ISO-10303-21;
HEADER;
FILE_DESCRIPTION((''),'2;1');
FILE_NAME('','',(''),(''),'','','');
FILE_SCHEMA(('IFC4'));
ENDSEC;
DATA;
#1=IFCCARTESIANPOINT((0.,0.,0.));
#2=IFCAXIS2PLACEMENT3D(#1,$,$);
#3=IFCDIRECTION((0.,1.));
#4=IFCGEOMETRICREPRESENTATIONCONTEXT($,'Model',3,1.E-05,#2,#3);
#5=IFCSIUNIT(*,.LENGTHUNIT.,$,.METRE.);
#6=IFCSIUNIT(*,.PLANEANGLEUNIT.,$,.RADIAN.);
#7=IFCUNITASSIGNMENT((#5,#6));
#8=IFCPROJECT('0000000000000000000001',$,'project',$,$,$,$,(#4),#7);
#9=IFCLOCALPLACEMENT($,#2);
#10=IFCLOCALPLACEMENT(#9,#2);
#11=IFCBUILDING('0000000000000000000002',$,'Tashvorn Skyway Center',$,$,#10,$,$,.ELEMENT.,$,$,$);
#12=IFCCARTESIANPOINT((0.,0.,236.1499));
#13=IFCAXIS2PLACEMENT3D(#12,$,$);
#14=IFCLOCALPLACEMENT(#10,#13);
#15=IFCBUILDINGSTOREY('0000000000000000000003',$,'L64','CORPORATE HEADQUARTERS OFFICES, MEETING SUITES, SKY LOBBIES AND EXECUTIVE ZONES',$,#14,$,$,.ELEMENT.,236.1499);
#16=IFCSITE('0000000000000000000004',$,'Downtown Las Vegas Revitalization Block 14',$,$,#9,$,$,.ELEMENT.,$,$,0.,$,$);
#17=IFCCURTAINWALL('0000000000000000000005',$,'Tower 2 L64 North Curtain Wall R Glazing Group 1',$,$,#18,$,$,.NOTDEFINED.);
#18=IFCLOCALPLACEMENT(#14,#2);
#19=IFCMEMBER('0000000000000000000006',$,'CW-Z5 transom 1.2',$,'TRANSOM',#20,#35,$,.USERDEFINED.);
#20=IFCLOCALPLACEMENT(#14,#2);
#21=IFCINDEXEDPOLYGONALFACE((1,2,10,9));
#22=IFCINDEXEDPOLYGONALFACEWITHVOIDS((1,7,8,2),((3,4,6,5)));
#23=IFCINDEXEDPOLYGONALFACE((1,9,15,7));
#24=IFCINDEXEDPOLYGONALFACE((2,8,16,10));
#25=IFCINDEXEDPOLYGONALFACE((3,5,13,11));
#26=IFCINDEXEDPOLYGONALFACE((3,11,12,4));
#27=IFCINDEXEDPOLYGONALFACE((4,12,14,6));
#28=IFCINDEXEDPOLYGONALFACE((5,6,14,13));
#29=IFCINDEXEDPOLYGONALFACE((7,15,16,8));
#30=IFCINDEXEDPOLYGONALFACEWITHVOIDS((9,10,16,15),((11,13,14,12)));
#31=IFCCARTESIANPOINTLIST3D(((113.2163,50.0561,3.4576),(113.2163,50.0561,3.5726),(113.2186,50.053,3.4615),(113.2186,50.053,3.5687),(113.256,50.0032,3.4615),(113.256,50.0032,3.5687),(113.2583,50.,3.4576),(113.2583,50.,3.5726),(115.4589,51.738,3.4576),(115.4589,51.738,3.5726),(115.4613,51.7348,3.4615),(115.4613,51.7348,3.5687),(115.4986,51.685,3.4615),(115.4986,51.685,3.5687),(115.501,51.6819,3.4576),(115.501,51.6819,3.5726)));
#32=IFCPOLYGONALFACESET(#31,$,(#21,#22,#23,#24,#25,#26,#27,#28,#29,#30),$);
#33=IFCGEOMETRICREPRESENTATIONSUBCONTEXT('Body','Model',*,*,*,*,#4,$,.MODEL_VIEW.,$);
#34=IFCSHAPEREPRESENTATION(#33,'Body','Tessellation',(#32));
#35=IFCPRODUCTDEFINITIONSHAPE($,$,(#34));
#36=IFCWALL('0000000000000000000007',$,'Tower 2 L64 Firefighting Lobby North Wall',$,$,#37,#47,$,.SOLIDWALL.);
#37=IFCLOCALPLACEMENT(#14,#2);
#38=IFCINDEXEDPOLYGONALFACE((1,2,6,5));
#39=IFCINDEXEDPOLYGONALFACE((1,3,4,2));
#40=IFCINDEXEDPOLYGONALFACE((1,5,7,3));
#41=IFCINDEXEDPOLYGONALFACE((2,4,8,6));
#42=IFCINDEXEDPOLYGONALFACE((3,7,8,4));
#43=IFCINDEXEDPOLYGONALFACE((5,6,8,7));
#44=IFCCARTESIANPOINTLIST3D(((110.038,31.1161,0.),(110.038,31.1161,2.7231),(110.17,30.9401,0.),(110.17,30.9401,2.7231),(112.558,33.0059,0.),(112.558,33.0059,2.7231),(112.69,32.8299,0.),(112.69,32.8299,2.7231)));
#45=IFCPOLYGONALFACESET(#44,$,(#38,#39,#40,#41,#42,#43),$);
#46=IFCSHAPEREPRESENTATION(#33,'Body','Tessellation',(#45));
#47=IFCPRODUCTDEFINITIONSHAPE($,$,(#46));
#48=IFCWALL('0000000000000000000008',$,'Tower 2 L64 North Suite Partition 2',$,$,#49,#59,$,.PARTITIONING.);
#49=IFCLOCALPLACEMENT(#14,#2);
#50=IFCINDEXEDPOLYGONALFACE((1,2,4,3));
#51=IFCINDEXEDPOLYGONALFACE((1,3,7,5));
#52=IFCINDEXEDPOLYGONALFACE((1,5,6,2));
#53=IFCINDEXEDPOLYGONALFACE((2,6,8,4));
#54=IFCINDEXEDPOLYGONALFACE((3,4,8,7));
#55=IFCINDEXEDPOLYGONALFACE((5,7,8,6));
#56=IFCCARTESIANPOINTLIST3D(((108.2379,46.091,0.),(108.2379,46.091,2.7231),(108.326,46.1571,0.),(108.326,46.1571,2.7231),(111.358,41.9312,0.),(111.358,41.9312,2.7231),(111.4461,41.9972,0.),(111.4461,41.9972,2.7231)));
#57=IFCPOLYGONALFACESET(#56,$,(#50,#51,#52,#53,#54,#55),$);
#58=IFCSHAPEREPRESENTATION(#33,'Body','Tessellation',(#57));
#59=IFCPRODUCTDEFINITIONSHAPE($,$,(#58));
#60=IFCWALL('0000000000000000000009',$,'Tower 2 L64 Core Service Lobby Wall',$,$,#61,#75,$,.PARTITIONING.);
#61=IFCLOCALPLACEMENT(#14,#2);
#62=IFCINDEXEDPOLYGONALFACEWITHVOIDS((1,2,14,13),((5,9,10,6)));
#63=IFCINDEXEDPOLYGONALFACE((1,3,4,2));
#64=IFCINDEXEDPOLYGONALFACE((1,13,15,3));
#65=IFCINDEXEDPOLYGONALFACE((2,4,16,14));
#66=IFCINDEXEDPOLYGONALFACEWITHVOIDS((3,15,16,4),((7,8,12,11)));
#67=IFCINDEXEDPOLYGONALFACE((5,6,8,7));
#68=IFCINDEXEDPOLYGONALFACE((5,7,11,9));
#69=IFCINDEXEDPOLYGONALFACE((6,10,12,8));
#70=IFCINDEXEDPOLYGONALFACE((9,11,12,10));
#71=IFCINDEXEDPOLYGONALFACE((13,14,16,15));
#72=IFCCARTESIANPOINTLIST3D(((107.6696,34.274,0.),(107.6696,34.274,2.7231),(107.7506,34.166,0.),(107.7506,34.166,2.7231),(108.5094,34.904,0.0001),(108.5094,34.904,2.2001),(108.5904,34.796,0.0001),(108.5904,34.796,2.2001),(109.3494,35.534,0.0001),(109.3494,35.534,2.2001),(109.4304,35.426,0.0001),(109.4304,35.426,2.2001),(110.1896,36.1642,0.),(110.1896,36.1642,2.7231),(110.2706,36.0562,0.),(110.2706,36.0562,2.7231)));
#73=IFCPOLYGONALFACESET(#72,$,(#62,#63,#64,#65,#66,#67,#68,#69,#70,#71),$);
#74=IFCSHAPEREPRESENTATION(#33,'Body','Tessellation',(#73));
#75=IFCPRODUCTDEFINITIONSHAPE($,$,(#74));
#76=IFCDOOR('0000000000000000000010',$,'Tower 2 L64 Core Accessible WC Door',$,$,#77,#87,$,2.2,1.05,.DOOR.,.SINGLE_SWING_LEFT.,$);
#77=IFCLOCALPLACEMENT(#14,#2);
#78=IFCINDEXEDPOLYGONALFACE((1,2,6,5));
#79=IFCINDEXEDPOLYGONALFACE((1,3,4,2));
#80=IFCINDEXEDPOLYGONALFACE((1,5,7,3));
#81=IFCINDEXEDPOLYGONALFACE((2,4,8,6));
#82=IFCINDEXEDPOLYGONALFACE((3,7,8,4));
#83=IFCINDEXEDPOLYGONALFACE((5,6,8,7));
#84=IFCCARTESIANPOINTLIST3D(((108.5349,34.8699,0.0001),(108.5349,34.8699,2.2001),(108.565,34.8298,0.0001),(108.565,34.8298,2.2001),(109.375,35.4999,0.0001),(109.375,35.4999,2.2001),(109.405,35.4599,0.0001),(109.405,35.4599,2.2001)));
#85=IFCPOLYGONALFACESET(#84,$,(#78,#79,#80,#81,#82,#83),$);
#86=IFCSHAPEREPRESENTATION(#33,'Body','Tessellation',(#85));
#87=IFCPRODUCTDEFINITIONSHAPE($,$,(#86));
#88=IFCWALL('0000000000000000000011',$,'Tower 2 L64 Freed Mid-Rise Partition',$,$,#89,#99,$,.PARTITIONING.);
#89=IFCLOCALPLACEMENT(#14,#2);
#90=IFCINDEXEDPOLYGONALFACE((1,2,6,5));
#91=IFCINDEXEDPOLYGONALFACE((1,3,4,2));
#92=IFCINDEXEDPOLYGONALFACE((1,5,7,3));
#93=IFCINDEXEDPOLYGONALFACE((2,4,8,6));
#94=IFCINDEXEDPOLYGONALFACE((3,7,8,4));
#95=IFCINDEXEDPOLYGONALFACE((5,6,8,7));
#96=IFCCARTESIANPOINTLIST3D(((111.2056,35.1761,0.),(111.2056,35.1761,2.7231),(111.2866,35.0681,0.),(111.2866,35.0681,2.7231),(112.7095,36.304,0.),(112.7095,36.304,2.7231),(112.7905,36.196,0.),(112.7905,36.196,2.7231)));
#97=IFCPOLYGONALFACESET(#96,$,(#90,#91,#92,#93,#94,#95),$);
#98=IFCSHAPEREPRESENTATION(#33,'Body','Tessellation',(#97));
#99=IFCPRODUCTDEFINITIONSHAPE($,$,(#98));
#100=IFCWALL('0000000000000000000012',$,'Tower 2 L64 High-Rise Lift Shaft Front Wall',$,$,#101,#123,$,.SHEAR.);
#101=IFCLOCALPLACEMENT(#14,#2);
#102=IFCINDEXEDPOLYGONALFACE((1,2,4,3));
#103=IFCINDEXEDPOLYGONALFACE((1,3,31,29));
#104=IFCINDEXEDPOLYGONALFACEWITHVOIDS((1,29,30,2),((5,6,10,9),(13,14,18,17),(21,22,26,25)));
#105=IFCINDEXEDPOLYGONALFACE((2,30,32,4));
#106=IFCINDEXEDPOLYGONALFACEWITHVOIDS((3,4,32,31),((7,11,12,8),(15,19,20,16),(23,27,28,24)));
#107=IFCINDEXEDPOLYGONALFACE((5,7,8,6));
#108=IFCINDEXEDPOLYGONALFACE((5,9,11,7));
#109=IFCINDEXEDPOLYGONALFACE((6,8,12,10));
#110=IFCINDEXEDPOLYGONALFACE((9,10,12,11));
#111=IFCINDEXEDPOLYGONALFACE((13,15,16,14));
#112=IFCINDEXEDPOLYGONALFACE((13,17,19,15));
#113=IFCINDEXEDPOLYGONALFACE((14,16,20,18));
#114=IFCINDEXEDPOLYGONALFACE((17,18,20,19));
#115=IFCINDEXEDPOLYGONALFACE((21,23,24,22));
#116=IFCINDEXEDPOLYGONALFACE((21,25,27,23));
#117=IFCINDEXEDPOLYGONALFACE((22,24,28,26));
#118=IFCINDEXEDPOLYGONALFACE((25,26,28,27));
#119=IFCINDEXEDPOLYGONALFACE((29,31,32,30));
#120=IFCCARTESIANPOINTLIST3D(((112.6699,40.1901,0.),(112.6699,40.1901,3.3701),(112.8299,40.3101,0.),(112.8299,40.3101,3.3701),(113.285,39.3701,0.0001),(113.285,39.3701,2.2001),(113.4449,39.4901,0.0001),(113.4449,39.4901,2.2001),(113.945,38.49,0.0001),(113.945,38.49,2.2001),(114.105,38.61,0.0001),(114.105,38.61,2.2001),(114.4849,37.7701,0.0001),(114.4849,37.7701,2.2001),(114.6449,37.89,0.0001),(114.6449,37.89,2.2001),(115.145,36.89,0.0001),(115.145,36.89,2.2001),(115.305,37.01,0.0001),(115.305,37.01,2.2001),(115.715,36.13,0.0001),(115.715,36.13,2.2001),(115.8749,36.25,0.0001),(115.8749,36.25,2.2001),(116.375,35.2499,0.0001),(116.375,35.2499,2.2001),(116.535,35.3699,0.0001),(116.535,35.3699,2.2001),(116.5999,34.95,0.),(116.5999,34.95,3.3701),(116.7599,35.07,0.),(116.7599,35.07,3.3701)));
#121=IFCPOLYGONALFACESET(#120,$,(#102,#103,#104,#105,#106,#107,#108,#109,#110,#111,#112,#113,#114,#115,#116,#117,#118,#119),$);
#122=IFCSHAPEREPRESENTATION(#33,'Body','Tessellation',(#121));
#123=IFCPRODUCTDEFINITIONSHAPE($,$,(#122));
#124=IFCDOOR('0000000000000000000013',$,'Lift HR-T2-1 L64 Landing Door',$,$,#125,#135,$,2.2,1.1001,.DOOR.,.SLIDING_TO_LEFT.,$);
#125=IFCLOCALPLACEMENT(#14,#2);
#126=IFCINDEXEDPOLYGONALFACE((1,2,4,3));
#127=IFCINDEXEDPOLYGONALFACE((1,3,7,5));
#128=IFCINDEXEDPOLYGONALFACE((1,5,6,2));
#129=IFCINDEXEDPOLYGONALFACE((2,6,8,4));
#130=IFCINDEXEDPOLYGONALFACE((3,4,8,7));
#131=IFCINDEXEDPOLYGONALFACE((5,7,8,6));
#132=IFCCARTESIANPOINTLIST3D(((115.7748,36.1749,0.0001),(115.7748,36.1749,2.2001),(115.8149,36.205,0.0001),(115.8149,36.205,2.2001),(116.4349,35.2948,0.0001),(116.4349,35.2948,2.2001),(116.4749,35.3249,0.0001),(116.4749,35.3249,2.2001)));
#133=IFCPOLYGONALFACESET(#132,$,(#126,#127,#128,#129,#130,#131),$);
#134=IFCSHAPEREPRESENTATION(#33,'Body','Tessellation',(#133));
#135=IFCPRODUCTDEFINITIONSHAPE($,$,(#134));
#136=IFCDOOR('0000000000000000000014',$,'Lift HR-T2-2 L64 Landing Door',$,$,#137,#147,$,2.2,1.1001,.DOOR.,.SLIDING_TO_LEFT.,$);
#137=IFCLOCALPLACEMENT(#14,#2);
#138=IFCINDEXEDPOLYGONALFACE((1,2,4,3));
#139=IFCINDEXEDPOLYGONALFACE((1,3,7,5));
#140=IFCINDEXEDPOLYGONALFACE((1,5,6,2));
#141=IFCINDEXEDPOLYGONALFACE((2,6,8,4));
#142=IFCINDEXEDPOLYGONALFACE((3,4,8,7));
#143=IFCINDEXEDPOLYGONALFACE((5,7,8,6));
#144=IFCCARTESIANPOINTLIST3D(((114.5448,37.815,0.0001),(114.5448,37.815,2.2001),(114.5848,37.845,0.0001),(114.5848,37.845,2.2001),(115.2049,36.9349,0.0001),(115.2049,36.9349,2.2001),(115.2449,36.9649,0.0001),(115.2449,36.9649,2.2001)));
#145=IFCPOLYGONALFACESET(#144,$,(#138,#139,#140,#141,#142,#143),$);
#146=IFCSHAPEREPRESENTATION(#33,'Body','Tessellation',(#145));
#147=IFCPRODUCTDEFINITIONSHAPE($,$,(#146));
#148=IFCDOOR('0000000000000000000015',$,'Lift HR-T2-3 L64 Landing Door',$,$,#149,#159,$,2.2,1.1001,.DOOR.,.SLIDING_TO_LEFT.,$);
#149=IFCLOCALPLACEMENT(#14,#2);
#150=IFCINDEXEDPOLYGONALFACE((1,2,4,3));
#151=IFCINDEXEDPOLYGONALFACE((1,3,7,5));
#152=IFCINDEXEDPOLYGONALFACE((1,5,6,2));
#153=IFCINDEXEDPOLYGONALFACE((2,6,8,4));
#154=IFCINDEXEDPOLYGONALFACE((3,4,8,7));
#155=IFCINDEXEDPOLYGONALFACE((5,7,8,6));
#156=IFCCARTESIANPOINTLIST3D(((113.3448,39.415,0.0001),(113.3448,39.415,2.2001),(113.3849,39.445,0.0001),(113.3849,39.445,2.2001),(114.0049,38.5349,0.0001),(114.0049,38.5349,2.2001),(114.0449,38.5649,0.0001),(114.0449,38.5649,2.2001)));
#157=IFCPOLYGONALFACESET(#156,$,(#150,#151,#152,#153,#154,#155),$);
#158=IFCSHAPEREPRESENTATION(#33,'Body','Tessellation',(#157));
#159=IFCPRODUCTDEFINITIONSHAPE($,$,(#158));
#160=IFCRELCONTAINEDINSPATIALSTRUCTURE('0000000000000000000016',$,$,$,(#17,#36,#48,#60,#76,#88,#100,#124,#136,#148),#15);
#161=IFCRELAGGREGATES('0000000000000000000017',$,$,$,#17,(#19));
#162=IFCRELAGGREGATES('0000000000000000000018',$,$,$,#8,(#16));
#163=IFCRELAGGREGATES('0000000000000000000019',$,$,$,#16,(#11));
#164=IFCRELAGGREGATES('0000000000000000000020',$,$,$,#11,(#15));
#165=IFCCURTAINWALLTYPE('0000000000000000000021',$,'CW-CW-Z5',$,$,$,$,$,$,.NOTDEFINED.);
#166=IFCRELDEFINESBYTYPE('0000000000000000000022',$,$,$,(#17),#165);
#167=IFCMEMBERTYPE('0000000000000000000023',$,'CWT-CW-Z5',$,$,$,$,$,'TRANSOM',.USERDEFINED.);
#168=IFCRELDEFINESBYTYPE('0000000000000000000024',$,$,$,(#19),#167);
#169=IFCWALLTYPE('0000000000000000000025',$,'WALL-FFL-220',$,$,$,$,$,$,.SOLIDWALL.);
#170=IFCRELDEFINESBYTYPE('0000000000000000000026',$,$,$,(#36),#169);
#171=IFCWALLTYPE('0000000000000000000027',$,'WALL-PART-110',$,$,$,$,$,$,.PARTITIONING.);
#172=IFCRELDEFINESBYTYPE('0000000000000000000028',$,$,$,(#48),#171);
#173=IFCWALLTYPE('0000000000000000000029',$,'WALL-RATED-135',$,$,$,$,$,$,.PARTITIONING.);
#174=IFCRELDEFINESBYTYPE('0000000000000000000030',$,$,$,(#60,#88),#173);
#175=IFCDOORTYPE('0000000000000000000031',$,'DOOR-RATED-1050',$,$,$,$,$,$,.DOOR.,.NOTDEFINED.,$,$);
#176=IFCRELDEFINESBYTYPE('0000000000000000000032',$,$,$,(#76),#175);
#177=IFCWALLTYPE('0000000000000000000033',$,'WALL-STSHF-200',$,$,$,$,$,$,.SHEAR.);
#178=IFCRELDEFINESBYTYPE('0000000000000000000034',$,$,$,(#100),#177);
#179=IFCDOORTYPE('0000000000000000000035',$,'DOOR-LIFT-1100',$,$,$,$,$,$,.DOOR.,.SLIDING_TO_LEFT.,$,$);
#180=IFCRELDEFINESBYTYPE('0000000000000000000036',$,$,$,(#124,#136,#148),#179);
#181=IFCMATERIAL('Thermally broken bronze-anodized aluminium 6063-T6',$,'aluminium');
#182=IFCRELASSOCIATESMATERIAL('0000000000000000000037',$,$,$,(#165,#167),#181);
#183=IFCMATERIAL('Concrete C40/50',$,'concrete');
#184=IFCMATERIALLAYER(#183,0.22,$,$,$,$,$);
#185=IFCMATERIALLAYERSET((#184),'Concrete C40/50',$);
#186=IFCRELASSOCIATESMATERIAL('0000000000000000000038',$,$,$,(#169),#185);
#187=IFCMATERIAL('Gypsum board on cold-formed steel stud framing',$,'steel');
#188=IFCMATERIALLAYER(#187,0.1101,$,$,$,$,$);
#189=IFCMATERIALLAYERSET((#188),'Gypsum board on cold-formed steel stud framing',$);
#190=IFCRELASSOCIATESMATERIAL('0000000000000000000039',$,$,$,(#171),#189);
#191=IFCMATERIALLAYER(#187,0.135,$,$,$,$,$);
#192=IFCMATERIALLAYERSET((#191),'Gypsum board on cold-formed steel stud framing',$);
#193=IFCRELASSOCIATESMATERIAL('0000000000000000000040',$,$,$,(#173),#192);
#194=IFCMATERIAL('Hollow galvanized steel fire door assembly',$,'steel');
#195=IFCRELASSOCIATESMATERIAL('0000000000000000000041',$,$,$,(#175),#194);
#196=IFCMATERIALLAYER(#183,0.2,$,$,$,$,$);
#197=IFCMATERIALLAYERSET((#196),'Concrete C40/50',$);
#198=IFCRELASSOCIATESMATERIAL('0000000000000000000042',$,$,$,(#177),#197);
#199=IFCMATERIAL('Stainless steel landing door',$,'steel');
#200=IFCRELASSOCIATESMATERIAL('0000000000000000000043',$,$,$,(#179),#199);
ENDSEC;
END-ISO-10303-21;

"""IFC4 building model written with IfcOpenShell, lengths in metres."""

from ifc_helpers import new_model, si_unit, direction, frame, frame_2d, origin, origin_2d, place, context, subcontext, project, spatial, rectangle, hollow_rectangle, extrude, material, layer, layer_set, material_profile, profile_set, type_object, element, fill, aggregate, save


model = new_model("IFC4")

# Units and contexts
model_context = context("Model", 3, precision=1e-05, world=origin(), true_north=direction((0.0, 1.0)))
body_context = subcontext(model_context, "Body", "Model", "MODEL_VIEW")
ifc_project = project(units=[si_unit("LENGTHUNIT", "METRE"), si_unit("PLANEANGLEUNIT", "RADIAN")], contexts=[model_context])

# Site, building, storey
site_placement = place(None, origin())
site = spatial("IfcSite", under=ifc_project, at=site_placement, Name="Downtown Las Vegas Revitalization Block 14", CompositionType="ELEMENT", RefElevation=0.0)
building_placement = place(site_placement, origin())
building = spatial("IfcBuilding", under=site, at=building_placement, Name="Tashvorn Skyway Center", CompositionType="ELEMENT")
storey_placement = place(building_placement, frame((0.0, 0.0, 236.1499)))
storey = spatial("IfcBuildingStorey", under=building, at=storey_placement, Name="L64", Description="CORPORATE HEADQUARTERS OFFICES, MEETING SUITES, SKY LOBBIES AND EXECUTIVE ZONES", CompositionType="ELEMENT", Elevation=236.1499)

# Curtain wall, member
ifc_material_1 = material(Name="Thermally broken bronze-anodized aluminium 6063-T6", Category="aluminium")
curtain_wall_type = type_object("IfcCurtainWallType", Name="CW-CW-Z5", PredefinedType="NOTDEFINED", material=ifc_material_1)
curtain_wall_placement = place(storey_placement, origin())
curtain_wall = element("IfcCurtainWall", 1, at=curtain_wall_placement, inside=storey, type_object=curtain_wall_type, Name="Tower 2 L64 North Curtain Wall R Glazing Group 1", PredefinedType="NOTDEFINED")
ifc_material_profile_1 = material_profile(ifc_material_1, hollow_rectangle(XDim=0.0701, YDim=0.115, WallThickness=0.0039, at=origin_2d()), Name="ALU-TRAN-70x115")
ifc_profile_set_1 = profile_set([ifc_material_profile_1], Name="Thermally broken bronze-anodized aluminium 6063-T6")
member_type_1 = type_object("IfcMemberType", Name="CWT-CW-Z5", ElementType="TRANSOM", PredefinedType="USERDEFINED", material=ifc_profile_set_1)
member_1_placement = place(storey_placement, frame((113.2373, 50.0281, 3.5151), z_axis=(0.800021, 0.599972, 0.0), x_axis=(-0.599972, 0.800021, 0.0)))
member_1 = element("IfcMember", 2, at=member_1_placement, type_object=member_type_1, Name="CW-Z5 transom 1.2", ObjectType="TRANSOM", PredefinedType="USERDEFINED", context=body_context, shape_type="SweptSolid", body=[
    extrude(hollow_rectangle(XDim=0.0701, YDim=0.115, WallThickness=0.0039, at=origin_2d()), origin(), (0.0, 0.0, 1.0), 2.8032),
])
aggregate(curtain_wall, [member_1])

# Walls
ifc_material_2 = material(Name="Concrete C40/50", Category="concrete")
ifc_layer_1 = layer(ifc_material_2, 0.22)
ifc_layer_set_1 = layer_set([ifc_layer_1], Name="Concrete C40/50")
wall_type_1 = type_object("IfcWallType", Name="WALL-FFL-220", PredefinedType="SOLIDWALL", material=ifc_layer_set_1)
wall_1_placement = place(storey_placement, frame((110.104, 31.0281, 0.0), z_axis=(0.0, 0.0, 1.0), x_axis=(0.800019, 0.599975, 0.0)))
element("IfcWall", 3, at=wall_1_placement, inside=storey, type_object=wall_type_1, Name="Tower 2 L64 Firefighting Lobby North Wall", PredefinedType="SOLIDWALL", context=body_context, shape_type="SweptSolid", body=[
    extrude(rectangle(XDim=3.1499, YDim=0.22, at=frame_2d((1.575, 0.0))), origin(), (0.0, 0.0, 1.0), 2.7231),
])
ifc_material_3 = material(Name="Gypsum board on cold-formed steel stud framing", Category="steel")
ifc_layer_2 = layer(ifc_material_3, 0.1101)
ifc_layer_set_2 = layer_set([ifc_layer_2], Name="Gypsum board on cold-formed steel stud framing")
wall_type_2 = type_object("IfcWallType", Name="WALL-PART-110", PredefinedType="PARTITIONING", material=ifc_layer_set_2)
wall_2_placement = place(storey_placement, frame((111.4021, 41.9641, 0.0), z_axis=(0.0, 0.0, 1.0), x_axis=(-0.600023, 0.799983, 0.0)))
element("IfcWall", 4, at=wall_2_placement, inside=storey, type_object=wall_type_2, Name="Tower 2 L64 North Suite Partition 2", PredefinedType="PARTITIONING", context=body_context, shape_type="SweptSolid", body=[
    extrude(rectangle(XDim=5.2, YDim=0.1101, at=frame_2d((2.6001, 0.0))), origin(), (0.0, 0.0, 1.0), 2.7231),
])

# Wall, opening, door
ifc_layer_3 = layer(ifc_material_3, 0.135)
ifc_layer_set_3 = layer_set([ifc_layer_3], Name="Gypsum board on cold-formed steel stud framing")
wall_type_3 = type_object("IfcWallType", Name="WALL-RATED-135", PredefinedType="PARTITIONING", material=ifc_layer_set_3)
wall_3_placement = place(storey_placement, frame((107.71, 34.22, 0.0), z_axis=(0.0, 0.0, 1.0), x_axis=(0.799981, 0.600025, 0.0)))
wall_3 = element("IfcWall", 5, at=wall_3_placement, inside=storey, type_object=wall_type_3, Name="Tower 2 L64 Core Service Lobby Wall", PredefinedType="PARTITIONING", context=body_context, shape_type="SweptSolid", body=[
    extrude(rectangle(XDim=3.1501, YDim=0.135, at=frame_2d((1.5752, 0.0))), origin(), (0.0, 0.0, 1.0), 2.7231),
])
opening_1_placement = place(wall_3_placement, frame((1.05, 0.0, 0.0)))
opening_1 = element("IfcOpeningElement", 6, at=opening_1_placement, cuts=wall_3, PredefinedType="OPENING", context=body_context, shape_type="SweptSolid", body=[
    extrude(rectangle(XDim=1.05, YDim=2.2, at=frame_2d((0.5249, 1.1001))), frame((0.0, 0.0774, 0.0), z_axis=(0.0, -1.0, 0.0), x_axis=(1.0, 0.0, 0.0)), (0.0, 0.0, 1.0), 0.155),
])
ifc_material_4 = material(Name="Hollow galvanized steel fire door assembly", Category="steel")
door_type_1 = type_object("IfcDoorType", Name="DOOR-RATED-1050", OperationType="NOTDEFINED", PredefinedType="DOOR", material=ifc_material_4)
door_1_placement = place(opening_1_placement, origin())
door_1 = element("IfcDoor", 7, at=door_1_placement, inside=storey, type_object=door_type_1, Name="Tower 2 L64 Core Accessible WC Door", OperationType="SINGLE_SWING_LEFT", OverallHeight=2.2, OverallWidth=1.05, PredefinedType="DOOR", context=body_context, shape_type="SweptSolid", body=[
    extrude(rectangle(XDim=1.05, YDim=2.2, at=frame_2d((0.5249, 1.1001))), frame((0.0, 0.0249, 0.0), z_axis=(0.0, -1.0, 0.0), x_axis=(1.0, 0.0, 0.0)), (0.0, 0.0, 1.0), 0.05),
])
fill(opening_1, door_1)

# Wall
wall_4_placement = place(storey_placement, frame((111.2461, 35.1221, 0.0), z_axis=(0.0, 0.0, 1.0), x_axis=(0.8, 0.6, 0.0)))
element("IfcWall", 8, at=wall_4_placement, inside=storey, type_object=wall_type_3, Name="Tower 2 L64 Freed Mid-Rise Partition", PredefinedType="PARTITIONING", context=body_context, shape_type="SweptSolid", body=[
    extrude(rectangle(XDim=1.8799, YDim=0.135, at=frame_2d((0.9399, 0.0))), origin(), (0.0, 0.0, 1.0), 2.7231),
])

# Wall, openings, doors
ifc_layer_4 = layer(ifc_material_2, 0.2)
ifc_layer_set_4 = layer_set([ifc_layer_4], Name="Concrete C40/50")
wall_type_4 = type_object("IfcWallType", Name="WALL-STSHF-200", PredefinedType="SHEAR", material=ifc_layer_set_4)
wall_5_placement = place(storey_placement, frame((112.75, 40.25, 0.0), z_axis=(0.0, 0.0, 1.0), x_axis=(0.599994, -0.800004, 0.0)))
wall_5 = element("IfcWall", 9, at=wall_5_placement, inside=storey, type_object=wall_type_4, Name="Tower 2 L64 High-Rise Lift Shaft Front Wall", PredefinedType="SHEAR", context=body_context, shape_type="SweptSolid", body=[
    extrude(rectangle(XDim=6.55, YDim=0.2, at=frame_2d((3.2749, 0.0))), origin(), (0.0, 0.0, 1.0), 3.3701),
])
opening_2_placement = place(wall_5_placement, frame((5.075, 0.0, 0.0)))
opening_2 = element("IfcOpeningElement", 10, at=opening_2_placement, cuts=wall_5, PredefinedType="OPENING", context=body_context, shape_type="SweptSolid", body=[
    extrude(rectangle(XDim=1.1001, YDim=2.2, at=frame_2d((0.55, 1.1001))), frame((0.0, 0.1099, 0.0), z_axis=(0.0, -1.0, 0.0), x_axis=(1.0, 0.0, 0.0)), (0.0, 0.0, 1.0), 0.22),
])
opening_3_placement = place(wall_5_placement, frame((3.0249, 0.0, 0.0)))
opening_3 = element("IfcOpeningElement", 11, at=opening_3_placement, cuts=wall_5, PredefinedType="OPENING", context=body_context, shape_type="SweptSolid", body=[
    extrude(rectangle(XDim=1.1001, YDim=2.2, at=frame_2d((0.55, 1.1001))), frame((0.0, 0.1099, 0.0), z_axis=(0.0, -1.0, 0.0), x_axis=(1.0, 0.0, 0.0)), (0.0, 0.0, 1.0), 0.22),
])
opening_4_placement = place(wall_5_placement, frame((1.0249, 0.0, 0.0)))
opening_4 = element("IfcOpeningElement", 12, at=opening_4_placement, cuts=wall_5, PredefinedType="OPENING", context=body_context, shape_type="SweptSolid", body=[
    extrude(rectangle(XDim=1.1001, YDim=2.2, at=frame_2d((0.55, 1.1001))), frame((0.0, 0.1099, 0.0), z_axis=(0.0, -1.0, 0.0), x_axis=(1.0, 0.0, 0.0)), (0.0, 0.0, 1.0), 0.22),
])
ifc_material_5 = material(Name="Stainless steel landing door", Category="steel")
door_type_2 = type_object("IfcDoorType", Name="DOOR-LIFT-1100", OperationType="SLIDING_TO_LEFT", PredefinedType="DOOR", material=ifc_material_5)
door_2_placement = place(opening_2_placement, origin())
door_2 = element("IfcDoor", 13, at=door_2_placement, inside=storey, type_object=door_type_2, Name="Lift HR-T2-1 L64 Landing Door", OperationType="SLIDING_TO_LEFT", OverallHeight=2.2, OverallWidth=1.1001, PredefinedType="DOOR", context=body_context, shape_type="SweptSolid", body=[
    extrude(rectangle(XDim=1.1001, YDim=2.2, at=frame_2d((0.55, 1.1001))), frame((0.0, 0.0249, 0.0), z_axis=(0.0, -1.0, 0.0), x_axis=(1.0, 0.0, 0.0)), (0.0, 0.0, 1.0), 0.05),
])
fill(opening_2, door_2)
door_3_placement = place(opening_3_placement, origin())
door_3 = element("IfcDoor", 14, at=door_3_placement, inside=storey, type_object=door_type_2, Name="Lift HR-T2-2 L64 Landing Door", OperationType="SLIDING_TO_LEFT", OverallHeight=2.2, OverallWidth=1.1001, PredefinedType="DOOR", context=body_context, shape_type="SweptSolid", body=[
    extrude(rectangle(XDim=1.1001, YDim=2.2, at=frame_2d((0.55, 1.1001))), frame((0.0, 0.0249, 0.0), z_axis=(0.0, -1.0, 0.0), x_axis=(1.0, 0.0, 0.0)), (0.0, 0.0, 1.0), 0.05),
])
fill(opening_3, door_3)
door_4_placement = place(opening_4_placement, origin())
door_4 = element("IfcDoor", 15, at=door_4_placement, inside=storey, type_object=door_type_2, Name="Lift HR-T2-3 L64 Landing Door", OperationType="SLIDING_TO_LEFT", OverallHeight=2.2, OverallWidth=1.1001, PredefinedType="DOOR", context=body_context, shape_type="SweptSolid", body=[
    extrude(rectangle(XDim=1.1001, YDim=2.2, at=frame_2d((0.55, 1.1001))), frame((0.0, 0.0249, 0.0), z_axis=(0.0, -1.0, 0.0), x_axis=(1.0, 0.0, 0.0)), (0.0, 0.0, 1.0), 0.05),
])
fill(opening_4, door_4)

save(model, "model.ifc")
